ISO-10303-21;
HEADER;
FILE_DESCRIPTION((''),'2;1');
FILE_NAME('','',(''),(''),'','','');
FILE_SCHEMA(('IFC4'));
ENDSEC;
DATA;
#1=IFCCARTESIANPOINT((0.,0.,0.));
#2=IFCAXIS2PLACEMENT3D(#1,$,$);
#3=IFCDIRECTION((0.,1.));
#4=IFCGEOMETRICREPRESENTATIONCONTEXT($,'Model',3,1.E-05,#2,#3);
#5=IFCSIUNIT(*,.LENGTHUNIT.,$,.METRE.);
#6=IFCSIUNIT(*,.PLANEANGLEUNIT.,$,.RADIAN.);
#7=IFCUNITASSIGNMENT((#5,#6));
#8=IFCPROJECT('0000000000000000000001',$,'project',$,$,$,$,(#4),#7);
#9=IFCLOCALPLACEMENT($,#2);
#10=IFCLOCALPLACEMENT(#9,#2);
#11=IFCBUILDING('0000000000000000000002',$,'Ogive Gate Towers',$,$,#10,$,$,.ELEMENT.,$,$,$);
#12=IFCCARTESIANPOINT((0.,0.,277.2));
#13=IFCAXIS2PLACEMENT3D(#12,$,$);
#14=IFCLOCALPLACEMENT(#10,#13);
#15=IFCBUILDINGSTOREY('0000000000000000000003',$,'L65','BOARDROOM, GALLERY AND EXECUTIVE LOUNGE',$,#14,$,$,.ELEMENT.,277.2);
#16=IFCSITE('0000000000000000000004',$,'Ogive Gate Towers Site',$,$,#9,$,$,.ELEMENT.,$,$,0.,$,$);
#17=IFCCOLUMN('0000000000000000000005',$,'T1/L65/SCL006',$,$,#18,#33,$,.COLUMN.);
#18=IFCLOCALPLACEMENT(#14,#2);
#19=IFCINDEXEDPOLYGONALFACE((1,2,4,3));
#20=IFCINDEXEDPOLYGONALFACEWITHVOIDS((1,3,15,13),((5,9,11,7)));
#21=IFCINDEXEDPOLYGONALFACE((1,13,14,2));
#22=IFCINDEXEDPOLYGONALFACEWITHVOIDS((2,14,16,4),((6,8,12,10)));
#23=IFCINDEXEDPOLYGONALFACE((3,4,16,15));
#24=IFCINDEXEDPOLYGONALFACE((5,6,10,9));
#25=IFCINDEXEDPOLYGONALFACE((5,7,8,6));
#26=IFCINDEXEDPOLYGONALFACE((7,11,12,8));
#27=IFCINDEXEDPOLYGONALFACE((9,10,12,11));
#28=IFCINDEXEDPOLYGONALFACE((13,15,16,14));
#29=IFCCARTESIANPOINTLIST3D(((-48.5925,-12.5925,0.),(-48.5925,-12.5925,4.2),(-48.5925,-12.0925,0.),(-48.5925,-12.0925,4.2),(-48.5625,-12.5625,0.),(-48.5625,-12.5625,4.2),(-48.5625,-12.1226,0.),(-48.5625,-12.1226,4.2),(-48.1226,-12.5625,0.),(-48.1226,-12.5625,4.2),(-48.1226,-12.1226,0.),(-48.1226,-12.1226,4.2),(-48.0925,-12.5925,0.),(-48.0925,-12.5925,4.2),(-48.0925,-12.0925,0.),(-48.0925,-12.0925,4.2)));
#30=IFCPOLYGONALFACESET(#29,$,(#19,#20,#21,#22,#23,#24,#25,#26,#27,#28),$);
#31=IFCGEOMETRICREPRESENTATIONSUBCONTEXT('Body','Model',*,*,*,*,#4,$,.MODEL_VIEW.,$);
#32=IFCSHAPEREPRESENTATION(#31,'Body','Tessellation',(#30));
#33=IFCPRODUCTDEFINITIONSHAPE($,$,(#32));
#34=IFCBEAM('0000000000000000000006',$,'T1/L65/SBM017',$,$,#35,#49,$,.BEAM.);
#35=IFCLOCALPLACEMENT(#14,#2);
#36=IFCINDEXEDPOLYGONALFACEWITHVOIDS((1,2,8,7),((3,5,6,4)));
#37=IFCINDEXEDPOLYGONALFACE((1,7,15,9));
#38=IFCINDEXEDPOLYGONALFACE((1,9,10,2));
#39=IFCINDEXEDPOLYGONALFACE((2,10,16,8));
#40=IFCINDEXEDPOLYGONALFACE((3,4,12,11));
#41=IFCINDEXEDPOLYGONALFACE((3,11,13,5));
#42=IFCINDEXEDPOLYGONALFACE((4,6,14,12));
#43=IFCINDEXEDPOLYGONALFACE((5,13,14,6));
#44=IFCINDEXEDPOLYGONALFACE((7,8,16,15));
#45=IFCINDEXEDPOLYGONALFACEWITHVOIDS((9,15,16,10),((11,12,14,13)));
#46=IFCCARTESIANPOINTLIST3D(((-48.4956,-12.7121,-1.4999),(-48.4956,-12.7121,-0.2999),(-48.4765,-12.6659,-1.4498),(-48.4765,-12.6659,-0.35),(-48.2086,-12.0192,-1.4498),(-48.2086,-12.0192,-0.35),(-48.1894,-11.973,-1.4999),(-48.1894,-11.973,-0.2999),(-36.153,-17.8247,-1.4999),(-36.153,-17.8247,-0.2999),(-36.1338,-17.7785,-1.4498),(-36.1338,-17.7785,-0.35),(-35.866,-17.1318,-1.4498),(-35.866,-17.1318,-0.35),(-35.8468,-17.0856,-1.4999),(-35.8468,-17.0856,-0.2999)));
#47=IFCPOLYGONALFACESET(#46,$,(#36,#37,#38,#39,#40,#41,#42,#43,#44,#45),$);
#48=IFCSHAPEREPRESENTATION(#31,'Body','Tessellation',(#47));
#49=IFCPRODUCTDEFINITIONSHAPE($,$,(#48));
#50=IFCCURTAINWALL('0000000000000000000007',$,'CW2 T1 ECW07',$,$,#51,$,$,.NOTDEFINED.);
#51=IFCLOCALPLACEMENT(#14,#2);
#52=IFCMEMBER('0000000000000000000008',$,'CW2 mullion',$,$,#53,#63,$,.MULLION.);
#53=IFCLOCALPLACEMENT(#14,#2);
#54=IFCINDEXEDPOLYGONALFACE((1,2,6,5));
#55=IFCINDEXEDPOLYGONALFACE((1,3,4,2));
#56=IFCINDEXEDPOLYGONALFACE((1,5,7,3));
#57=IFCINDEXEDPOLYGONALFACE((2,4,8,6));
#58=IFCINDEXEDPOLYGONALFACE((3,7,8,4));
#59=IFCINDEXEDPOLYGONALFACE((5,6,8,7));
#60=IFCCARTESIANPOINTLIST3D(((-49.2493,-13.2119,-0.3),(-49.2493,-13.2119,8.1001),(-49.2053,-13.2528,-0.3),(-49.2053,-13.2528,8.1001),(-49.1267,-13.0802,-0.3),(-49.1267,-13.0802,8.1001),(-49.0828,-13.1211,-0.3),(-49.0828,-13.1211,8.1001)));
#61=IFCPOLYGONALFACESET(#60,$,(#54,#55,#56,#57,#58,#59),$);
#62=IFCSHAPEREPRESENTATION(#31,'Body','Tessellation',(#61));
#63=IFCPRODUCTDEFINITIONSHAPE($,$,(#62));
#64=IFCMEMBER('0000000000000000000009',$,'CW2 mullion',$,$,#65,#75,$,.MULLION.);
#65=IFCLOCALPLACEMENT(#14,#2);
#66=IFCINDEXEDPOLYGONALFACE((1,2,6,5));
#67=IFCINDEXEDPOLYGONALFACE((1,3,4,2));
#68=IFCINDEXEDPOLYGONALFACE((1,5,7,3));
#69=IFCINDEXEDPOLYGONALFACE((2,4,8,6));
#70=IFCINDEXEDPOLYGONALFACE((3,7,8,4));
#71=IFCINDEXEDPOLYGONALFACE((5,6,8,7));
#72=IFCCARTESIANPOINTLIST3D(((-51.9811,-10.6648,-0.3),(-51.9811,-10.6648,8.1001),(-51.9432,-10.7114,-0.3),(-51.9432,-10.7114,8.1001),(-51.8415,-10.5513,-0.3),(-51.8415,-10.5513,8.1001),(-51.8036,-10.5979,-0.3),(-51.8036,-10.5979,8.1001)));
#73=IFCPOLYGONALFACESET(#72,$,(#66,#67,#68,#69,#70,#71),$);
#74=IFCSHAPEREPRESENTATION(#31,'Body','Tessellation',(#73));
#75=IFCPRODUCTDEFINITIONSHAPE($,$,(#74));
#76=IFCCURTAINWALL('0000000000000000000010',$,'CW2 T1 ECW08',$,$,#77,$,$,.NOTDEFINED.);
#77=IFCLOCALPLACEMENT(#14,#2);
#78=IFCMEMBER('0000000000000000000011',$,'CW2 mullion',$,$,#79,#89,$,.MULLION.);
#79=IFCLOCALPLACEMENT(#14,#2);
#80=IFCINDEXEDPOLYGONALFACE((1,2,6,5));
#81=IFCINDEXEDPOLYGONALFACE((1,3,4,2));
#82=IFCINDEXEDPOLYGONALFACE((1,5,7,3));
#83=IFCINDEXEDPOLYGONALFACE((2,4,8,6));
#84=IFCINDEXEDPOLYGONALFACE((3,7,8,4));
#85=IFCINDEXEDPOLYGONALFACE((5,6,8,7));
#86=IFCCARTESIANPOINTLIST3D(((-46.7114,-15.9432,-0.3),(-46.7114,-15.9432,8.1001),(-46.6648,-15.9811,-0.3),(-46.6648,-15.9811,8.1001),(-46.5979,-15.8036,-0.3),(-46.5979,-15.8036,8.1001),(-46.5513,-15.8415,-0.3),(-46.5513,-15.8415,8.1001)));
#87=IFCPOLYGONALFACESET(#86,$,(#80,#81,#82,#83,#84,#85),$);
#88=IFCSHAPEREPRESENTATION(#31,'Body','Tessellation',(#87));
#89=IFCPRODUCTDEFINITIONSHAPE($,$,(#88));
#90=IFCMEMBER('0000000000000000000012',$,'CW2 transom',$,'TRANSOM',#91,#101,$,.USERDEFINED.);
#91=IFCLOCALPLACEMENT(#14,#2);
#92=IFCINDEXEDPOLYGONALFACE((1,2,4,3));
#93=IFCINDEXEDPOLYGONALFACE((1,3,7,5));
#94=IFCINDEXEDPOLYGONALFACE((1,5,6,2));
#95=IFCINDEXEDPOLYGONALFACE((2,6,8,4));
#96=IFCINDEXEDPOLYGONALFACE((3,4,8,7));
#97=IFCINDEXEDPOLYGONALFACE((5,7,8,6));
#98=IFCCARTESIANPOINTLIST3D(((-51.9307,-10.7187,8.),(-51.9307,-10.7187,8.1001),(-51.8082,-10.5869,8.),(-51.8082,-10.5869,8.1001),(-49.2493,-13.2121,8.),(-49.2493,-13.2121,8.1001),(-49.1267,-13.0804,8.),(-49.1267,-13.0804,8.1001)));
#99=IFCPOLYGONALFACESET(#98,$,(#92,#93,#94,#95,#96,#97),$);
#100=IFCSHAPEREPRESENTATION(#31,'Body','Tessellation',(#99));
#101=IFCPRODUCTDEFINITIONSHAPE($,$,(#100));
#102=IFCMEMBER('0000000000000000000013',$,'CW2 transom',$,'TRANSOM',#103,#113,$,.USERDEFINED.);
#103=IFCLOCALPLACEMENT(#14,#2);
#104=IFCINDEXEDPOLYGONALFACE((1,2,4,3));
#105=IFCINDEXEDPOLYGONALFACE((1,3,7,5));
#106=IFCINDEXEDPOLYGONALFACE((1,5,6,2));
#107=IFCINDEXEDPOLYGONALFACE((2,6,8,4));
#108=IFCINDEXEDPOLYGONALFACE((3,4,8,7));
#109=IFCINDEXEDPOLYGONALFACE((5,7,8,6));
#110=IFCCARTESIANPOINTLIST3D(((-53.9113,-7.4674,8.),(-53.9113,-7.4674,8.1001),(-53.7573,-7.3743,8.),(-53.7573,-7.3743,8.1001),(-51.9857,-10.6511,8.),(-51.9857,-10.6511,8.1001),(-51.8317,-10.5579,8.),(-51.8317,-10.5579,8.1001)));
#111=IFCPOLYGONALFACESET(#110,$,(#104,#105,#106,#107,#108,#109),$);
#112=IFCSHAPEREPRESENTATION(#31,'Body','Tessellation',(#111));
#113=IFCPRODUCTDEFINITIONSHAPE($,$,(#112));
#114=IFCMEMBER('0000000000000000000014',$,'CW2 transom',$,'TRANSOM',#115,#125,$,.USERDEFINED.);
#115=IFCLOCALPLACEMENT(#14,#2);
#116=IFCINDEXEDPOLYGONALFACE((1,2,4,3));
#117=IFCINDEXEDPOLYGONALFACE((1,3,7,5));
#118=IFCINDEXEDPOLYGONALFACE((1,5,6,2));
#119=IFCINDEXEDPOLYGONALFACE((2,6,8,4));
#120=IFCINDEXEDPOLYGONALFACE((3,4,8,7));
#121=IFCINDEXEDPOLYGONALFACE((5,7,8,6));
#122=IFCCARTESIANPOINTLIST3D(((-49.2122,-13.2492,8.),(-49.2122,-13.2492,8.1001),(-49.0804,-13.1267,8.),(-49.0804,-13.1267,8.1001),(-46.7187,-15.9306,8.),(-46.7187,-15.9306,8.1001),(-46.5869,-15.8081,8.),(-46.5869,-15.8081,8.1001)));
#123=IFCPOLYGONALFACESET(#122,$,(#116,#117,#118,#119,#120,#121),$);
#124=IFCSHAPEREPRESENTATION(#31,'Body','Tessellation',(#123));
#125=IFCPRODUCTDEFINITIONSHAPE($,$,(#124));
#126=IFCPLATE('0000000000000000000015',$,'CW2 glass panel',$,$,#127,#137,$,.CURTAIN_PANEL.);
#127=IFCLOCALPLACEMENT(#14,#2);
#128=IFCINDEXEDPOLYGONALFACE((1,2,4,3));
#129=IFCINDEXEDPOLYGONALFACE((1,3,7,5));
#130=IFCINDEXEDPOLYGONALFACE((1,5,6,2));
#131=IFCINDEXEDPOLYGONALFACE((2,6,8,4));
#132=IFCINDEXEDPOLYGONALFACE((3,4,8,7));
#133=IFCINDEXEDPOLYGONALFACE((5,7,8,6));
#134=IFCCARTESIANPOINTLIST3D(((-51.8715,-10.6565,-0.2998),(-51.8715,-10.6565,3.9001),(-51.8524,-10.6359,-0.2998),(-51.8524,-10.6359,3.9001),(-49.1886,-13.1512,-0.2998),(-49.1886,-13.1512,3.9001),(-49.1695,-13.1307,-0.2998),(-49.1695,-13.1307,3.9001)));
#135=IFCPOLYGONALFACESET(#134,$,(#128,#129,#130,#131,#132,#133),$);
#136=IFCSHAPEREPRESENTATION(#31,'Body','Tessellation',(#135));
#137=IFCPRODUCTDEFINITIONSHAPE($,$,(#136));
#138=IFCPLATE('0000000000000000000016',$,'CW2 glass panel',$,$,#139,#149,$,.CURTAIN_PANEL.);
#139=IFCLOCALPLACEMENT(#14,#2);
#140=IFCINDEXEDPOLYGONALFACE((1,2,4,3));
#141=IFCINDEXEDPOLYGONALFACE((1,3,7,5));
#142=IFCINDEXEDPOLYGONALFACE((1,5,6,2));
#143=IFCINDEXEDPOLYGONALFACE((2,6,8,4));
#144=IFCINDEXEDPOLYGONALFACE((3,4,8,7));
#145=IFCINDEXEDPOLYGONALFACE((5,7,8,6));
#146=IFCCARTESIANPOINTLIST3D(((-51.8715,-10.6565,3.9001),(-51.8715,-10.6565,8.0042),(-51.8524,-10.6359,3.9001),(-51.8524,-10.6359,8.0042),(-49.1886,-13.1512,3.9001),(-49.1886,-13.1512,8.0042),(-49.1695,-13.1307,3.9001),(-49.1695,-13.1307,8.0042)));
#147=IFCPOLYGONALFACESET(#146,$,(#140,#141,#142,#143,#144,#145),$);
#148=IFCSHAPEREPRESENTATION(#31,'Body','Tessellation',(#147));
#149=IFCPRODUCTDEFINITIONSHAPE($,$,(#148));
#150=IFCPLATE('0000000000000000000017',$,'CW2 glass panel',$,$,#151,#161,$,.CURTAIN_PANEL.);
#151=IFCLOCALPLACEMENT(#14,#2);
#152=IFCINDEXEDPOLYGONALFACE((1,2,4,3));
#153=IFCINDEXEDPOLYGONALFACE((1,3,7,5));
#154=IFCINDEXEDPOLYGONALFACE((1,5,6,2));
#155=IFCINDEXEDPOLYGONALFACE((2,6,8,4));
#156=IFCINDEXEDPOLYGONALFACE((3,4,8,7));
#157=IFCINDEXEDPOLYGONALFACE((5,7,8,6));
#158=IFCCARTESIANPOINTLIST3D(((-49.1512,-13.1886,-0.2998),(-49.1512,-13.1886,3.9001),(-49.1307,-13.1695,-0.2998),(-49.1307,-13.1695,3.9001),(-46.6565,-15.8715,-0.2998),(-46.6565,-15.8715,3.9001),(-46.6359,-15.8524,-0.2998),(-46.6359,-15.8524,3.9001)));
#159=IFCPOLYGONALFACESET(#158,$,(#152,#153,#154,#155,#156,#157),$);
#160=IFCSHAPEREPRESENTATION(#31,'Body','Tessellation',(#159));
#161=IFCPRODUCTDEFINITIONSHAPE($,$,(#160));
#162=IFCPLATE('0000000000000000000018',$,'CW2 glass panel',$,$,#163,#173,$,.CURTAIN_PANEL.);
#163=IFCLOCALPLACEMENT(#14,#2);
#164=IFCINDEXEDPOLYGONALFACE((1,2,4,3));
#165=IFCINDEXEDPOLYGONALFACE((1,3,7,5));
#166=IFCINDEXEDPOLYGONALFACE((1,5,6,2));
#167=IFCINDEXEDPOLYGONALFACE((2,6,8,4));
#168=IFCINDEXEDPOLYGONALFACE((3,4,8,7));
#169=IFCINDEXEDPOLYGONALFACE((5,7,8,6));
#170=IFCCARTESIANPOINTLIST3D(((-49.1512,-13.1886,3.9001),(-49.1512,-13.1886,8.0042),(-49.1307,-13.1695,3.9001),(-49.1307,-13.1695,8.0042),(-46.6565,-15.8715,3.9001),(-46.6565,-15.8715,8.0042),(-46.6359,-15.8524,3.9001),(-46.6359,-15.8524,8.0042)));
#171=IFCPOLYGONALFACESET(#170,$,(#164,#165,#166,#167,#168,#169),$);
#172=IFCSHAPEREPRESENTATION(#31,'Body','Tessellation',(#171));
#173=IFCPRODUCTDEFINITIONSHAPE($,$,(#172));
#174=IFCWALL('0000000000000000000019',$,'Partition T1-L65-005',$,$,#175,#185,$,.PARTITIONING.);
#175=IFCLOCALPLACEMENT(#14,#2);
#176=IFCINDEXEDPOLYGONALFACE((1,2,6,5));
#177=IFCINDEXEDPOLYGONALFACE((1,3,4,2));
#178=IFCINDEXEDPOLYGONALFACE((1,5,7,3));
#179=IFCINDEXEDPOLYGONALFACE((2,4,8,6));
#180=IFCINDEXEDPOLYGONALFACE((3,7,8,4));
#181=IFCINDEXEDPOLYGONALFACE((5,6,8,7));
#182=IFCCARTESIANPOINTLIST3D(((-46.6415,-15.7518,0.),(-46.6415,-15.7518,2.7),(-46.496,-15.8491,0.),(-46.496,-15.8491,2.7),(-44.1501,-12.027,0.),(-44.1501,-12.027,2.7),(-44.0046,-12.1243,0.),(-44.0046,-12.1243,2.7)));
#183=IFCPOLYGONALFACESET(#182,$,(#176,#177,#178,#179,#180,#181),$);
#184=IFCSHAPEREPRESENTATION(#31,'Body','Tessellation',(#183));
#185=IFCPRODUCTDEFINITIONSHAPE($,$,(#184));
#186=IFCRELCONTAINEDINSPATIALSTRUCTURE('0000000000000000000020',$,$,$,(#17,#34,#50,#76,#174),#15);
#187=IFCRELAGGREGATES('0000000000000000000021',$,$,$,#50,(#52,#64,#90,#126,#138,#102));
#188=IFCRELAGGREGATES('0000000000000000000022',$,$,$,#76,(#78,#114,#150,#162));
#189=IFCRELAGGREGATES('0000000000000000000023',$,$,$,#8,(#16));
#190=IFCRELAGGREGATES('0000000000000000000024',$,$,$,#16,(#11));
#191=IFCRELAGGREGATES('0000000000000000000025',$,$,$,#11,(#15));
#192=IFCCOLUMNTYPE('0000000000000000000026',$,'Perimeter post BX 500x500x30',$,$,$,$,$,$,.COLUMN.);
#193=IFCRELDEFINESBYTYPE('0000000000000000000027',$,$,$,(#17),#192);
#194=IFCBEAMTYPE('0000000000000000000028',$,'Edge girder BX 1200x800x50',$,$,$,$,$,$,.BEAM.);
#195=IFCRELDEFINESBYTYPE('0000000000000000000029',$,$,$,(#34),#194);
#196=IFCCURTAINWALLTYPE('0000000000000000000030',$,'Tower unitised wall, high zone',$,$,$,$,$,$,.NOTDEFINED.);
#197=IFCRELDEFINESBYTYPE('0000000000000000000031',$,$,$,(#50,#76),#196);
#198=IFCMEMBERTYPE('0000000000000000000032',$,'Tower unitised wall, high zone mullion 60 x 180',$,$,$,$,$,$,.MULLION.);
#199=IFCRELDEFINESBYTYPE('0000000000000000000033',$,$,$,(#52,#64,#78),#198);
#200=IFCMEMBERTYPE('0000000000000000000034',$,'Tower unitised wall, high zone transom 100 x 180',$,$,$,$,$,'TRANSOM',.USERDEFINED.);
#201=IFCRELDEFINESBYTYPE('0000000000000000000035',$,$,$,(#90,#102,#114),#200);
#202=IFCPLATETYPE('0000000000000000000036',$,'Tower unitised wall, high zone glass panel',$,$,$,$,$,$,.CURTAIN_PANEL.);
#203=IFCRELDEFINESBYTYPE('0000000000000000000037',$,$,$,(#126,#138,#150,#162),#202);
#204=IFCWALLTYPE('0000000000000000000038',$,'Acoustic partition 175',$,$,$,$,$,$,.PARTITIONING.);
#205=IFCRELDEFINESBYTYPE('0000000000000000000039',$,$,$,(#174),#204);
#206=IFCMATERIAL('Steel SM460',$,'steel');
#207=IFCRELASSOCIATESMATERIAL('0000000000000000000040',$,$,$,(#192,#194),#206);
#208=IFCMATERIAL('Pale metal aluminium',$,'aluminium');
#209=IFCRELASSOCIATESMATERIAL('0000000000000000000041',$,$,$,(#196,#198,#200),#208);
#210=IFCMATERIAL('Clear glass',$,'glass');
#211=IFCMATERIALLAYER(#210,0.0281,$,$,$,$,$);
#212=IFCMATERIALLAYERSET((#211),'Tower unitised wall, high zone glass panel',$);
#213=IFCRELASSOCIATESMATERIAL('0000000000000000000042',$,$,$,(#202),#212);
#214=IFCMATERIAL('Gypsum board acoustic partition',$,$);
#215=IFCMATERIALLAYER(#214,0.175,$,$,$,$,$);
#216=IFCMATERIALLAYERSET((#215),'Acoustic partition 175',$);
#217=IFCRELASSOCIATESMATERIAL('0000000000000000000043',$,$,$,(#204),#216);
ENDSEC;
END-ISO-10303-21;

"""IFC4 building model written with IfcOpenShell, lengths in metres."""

from ifc_helpers import new_model, si_unit, direction, frame, frame_2d, origin, origin_2d, place, context, subcontext, project, spatial, rectangle, hollow_rectangle, extrude, material, layer, layer_set, material_profile, profile_set, type_object, element, aggregate, save


model = new_model("IFC4")

# Units and contexts
model_context = context("Model", 3, precision=1e-05, world=origin(), true_north=direction((0.0, 1.0)))
body_context = subcontext(model_context, "Body", "Model", "MODEL_VIEW")
ifc_project = project(units=[si_unit("LENGTHUNIT", "METRE"), si_unit("PLANEANGLEUNIT", "RADIAN")], contexts=[model_context])

# Site, building, storey
site_placement = place(None, origin())
site = spatial("IfcSite", under=ifc_project, at=site_placement, Name="Ogive Gate Towers Site", CompositionType="ELEMENT", RefElevation=0.0)
building_placement = place(site_placement, origin())
building = spatial("IfcBuilding", under=site, at=building_placement, Name="Ogive Gate Towers", CompositionType="ELEMENT")
storey_placement = place(building_placement, frame((0.0, 0.0, 277.2)))
storey = spatial("IfcBuildingStorey", under=building, at=storey_placement, Name="L65", Description="BOARDROOM, GALLERY AND EXECUTIVE LOUNGE", CompositionType="ELEMENT", Elevation=277.2)

# Column
ifc_material_1 = material(Name="Steel SM460", Category="steel")
ifc_material_profile_1 = material_profile(ifc_material_1, hollow_rectangle(XDim=0.5, YDim=0.5, WallThickness=0.03, at=origin_2d()), Name="BX 500x500x30")
ifc_profile_set_1 = profile_set([ifc_material_profile_1], Name="Steel SM460")
column_type = type_object("IfcColumnType", Name="Perimeter post BX 500x500x30", PredefinedType="COLUMN", material=ifc_profile_set_1)
column_placement = place(storey_placement, frame((-48.3425, -12.3425, 0.0), z_axis=(0.0, 0.0, 1.0), x_axis=(1.0, 0.0, 0.0)))
element("IfcColumn", 1, at=column_placement, inside=storey, type_object=column_type, Name="T1/L65/SCL006", PredefinedType="COLUMN", context=body_context, shape_type="SweptSolid", body=[
    extrude(hollow_rectangle(XDim=0.5, YDim=0.5, WallThickness=0.03, at=origin_2d()), origin(), (0.0, 0.0, 1.0), 4.2),
])

# Beam
ifc_material_profile_2 = material_profile(ifc_material_1, hollow_rectangle(XDim=0.8, YDim=1.2, WallThickness=0.05, at=origin_2d()), Name="BX 1200x800x50")
ifc_profile_set_2 = profile_set([ifc_material_profile_2], Name="Steel SM460")
beam_type = type_object("IfcBeamType", Name="Edge girder BX 1200x800x50", PredefinedType="BEAM", material=ifc_profile_set_2)
beam_placement = place(storey_placement, frame((-48.3425, -12.3425, -0.8999), z_axis=(0.923877, -0.38269, 0.0), x_axis=(0.38269, 0.923877, 0.0)))
element("IfcBeam", 2, at=beam_placement, inside=storey, type_object=beam_type, Name="T1/L65/SBM017", PredefinedType="BEAM", context=body_context, shape_type="SweptSolid", body=[
    extrude(hollow_rectangle(XDim=0.8, YDim=1.2, WallThickness=0.05, at=origin_2d()), origin(), (0.0, 0.0, 1.0), 13.3596),
])

# Curtain wall, members
ifc_material_2 = material(Name="Pale metal aluminium", Category="aluminium")
curtain_wall_type = type_object("IfcCurtainWallType", Name="Tower unitised wall, high zone", PredefinedType="NOTDEFINED", material=ifc_material_2)
curtain_wall_1_placement = place(storey_placement, origin())
curtain_wall_1 = element("IfcCurtainWall", 3, at=curtain_wall_1_placement, inside=storey, type_object=curtain_wall_type, Name="CW2 T1 ECW07", PredefinedType="NOTDEFINED")
ifc_material_profile_3 = material_profile(ifc_material_2, rectangle(XDim=0.1799, YDim=0.0601, at=origin_2d()), Name="60 x 180 aluminium box")
ifc_profile_set_3 = profile_set([ifc_material_profile_3], Name="Pale metal aluminium")
member_type_1 = type_object("IfcMemberType", Name="Tower unitised wall, high zone mullion 60 x 180", PredefinedType="MULLION", material=ifc_profile_set_3)
member_1_placement = place(storey_placement, frame((-49.166, -13.1665, -0.3), z_axis=(0.0, 0.0, 1.0), x_axis=(0.680964, 0.732317, 0.0)))
member_1 = element("IfcMember", 4, at=member_1_placement, type_object=member_type_1, Name="CW2 mullion", PredefinedType="MULLION", context=body_context, shape_type="SweptSolid", body=[
    extrude(rectangle(XDim=0.1799, YDim=0.0601, at=origin_2d()), origin(), (0.0, 0.0, 1.0), 8.4001),
])
member_2_placement = place(storey_placement, frame((-51.8923, -10.6313, -0.3), z_axis=(0.0, 0.0, 1.0), x_axis=(0.775782, 0.631001, 0.0)))
member_2 = element("IfcMember", 5, at=member_2_placement, type_object=member_type_1, Name="CW2 mullion", PredefinedType="MULLION", context=body_context, shape_type="SweptSolid", body=[
    extrude(rectangle(XDim=0.1799, YDim=0.0601, at=origin_2d()), origin(), (0.0, 0.0, 1.0), 8.4001),
])

# Curtain wall, member
curtain_wall_2_placement = place(storey_placement, origin())
curtain_wall_2 = element("IfcCurtainWall", 6, at=curtain_wall_2_placement, inside=storey, type_object=curtain_wall_type, Name="CW2 T1 ECW08", PredefinedType="NOTDEFINED")
member_3_placement = place(storey_placement, frame((-46.6313, -15.8923, -0.3), z_axis=(0.0, 0.0, 1.0), x_axis=(0.631001, 0.775782, 0.0)))
member_3 = element("IfcMember", 7, at=member_3_placement, type_object=member_type_1, Name="CW2 mullion", PredefinedType="MULLION", context=body_context, shape_type="SweptSolid", body=[
    extrude(rectangle(XDim=0.1799, YDim=0.0601, at=origin_2d()), origin(), (0.0, 0.0, 1.0), 8.4001),
])

# Members
ifc_material_profile_4 = material_profile(ifc_material_2, rectangle(XDim=0.1799, YDim=0.1001, at=origin_2d()), Name="100 x 180 aluminium box")
ifc_profile_set_4 = profile_set([ifc_material_profile_4], Name="Pale metal aluminium")
member_type_2 = type_object("IfcMemberType", Name="Tower unitised wall, high zone transom 100 x 180", ElementType="TRANSOM", PredefinedType="USERDEFINED", material=ifc_profile_set_4)
member_4_placement = place(storey_placement, frame((-49.188, -13.1462, 8.05), z_axis=(-0.732311, 0.68097, 0.0), x_axis=(-0.68097, -0.732311, 0.0)))
member_4 = element("IfcMember", 8, at=member_4_placement, type_object=member_type_2, Name="CW2 transom", ObjectType="TRANSOM", PredefinedType="USERDEFINED", context=body_context, shape_type="SweptSolid", body=[
    extrude(rectangle(XDim=0.1799, YDim=0.1001, at=origin_2d()), origin(), (0.0, 0.0, 1.0), 3.6616),
])
member_5_placement = place(storey_placement, frame((-51.9087, -10.6045, 8.05), z_axis=(-0.517532, 0.855664, 0.0), x_axis=(-0.855664, -0.517532, 0.0)))
member_5 = element("IfcMember", 9, at=member_5_placement, type_object=member_type_2, Name="CW2 transom", ObjectType="TRANSOM", PredefinedType="USERDEFINED", context=body_context, shape_type="SweptSolid", body=[
    extrude(rectangle(XDim=0.1799, YDim=0.1001, at=origin_2d()), origin(), (0.0, 0.0, 1.0), 3.7207),
])
member_6_placement = place(storey_placement, frame((-46.6528, -15.8694, 8.05), z_axis=(-0.68097, 0.732311, 0.0), x_axis=(-0.732311, -0.68097, 0.0)))
member_6 = element("IfcMember", 10, at=member_6_placement, type_object=member_type_2, Name="CW2 transom", ObjectType="TRANSOM", PredefinedType="USERDEFINED", context=body_context, shape_type="SweptSolid", body=[
    extrude(rectangle(XDim=0.1799, YDim=0.1001, at=origin_2d()), origin(), (0.0, 0.0, 1.0), 3.6616),
])

# Plates
ifc_material_3 = material(Name="Clear glass", Category="glass")
ifc_layer_1 = layer(ifc_material_3, 0.0281)
ifc_layer_set_1 = layer_set([ifc_layer_1], Name="Tower unitised wall, high zone glass panel")
plate_type = type_object("IfcPlateType", Name="Tower unitised wall, high zone glass panel", PredefinedType="CURTAIN_PANEL", material=ifc_layer_set_1)
plate_1_placement = place(storey_placement, frame((-50.5205, -11.8936, -0.2998), z_axis=(0.0, 0.0, 1.0), x_axis=(-0.732317, 0.680964, 0.0)))
plate_1 = element("IfcPlate", 11, at=plate_1_placement, type_object=plate_type, Name="CW2 glass panel", PredefinedType="CURTAIN_PANEL", context=body_context, shape_type="SweptSolid", body=[
    extrude(rectangle(XDim=3.6636, YDim=0.0281, at=origin_2d()), origin(), (0.0, 0.0, 1.0), 4.2),
])
plate_2_placement = place(storey_placement, frame((-50.5205, -11.8936, 3.9001), z_axis=(0.0, 0.0, 1.0), x_axis=(-0.732317, 0.680964, 0.0)))
plate_2 = element("IfcPlate", 12, at=plate_2_placement, type_object=plate_type, Name="CW2 glass panel", PredefinedType="CURTAIN_PANEL", context=body_context, shape_type="SweptSolid", body=[
    extrude(rectangle(XDim=3.6636, YDim=0.0281, at=origin_2d()), origin(), (0.0, 0.0, 1.0), 4.104),
])
aggregate(curtain_wall_1, [member_1, member_2, member_4, plate_1, plate_2, member_5])
plate_3_placement = place(storey_placement, frame((-47.8936, -14.5205, -0.2998), z_axis=(0.0, 0.0, 1.0), x_axis=(-0.680964, 0.732317, 0.0)))
plate_3 = element("IfcPlate", 13, at=plate_3_placement, type_object=plate_type, Name="CW2 glass panel", PredefinedType="CURTAIN_PANEL", context=body_context, shape_type="SweptSolid", body=[
    extrude(rectangle(XDim=3.6636, YDim=0.0281, at=origin_2d()), origin(), (0.0, 0.0, 1.0), 4.2),
])
plate_4_placement = place(storey_placement, frame((-47.8936, -14.5205, 3.9001), z_axis=(0.0, 0.0, 1.0), x_axis=(-0.680964, 0.732317, 0.0)))
plate_4 = element("IfcPlate", 14, at=plate_4_placement, type_object=plate_type, Name="CW2 glass panel", PredefinedType="CURTAIN_PANEL", context=body_context, shape_type="SweptSolid", body=[
    extrude(rectangle(XDim=3.6636, YDim=0.0281, at=origin_2d()), origin(), (0.0, 0.0, 1.0), 4.104),
])
aggregate(curtain_wall_2, [member_3, member_6, plate_3, plate_4])

# Wall
ifc_material_4 = material(Name="Gypsum board acoustic partition")
ifc_layer_2 = layer(ifc_material_4, 0.175)
ifc_layer_set_2 = layer_set([ifc_layer_2], Name="Acoustic partition 175")
wall_type_1 = type_object("IfcWallType", Name="Acoustic partition 175", PredefinedType="PARTITIONING", material=ifc_layer_set_2)
wall_1_placement = place(storey_placement, frame((-46.5688, -15.8005, 0.0), z_axis=(0.0, 0.0, 1.0), x_axis=(0.555969, 0.831203, 0.0)))
element("IfcWall", 15, at=wall_1_placement, inside=storey, type_object=wall_type_1, Name="Partition T1-L65-005", PredefinedType="PARTITIONING", context=body_context, shape_type="SweptSolid", body=[
    extrude(rectangle(XDim=4.4812, YDim=0.175, at=frame_2d((2.2407, 0.0))), origin(), (0.0, 0.0, 1.0), 2.7),
])

save(model, "model.ifc")
